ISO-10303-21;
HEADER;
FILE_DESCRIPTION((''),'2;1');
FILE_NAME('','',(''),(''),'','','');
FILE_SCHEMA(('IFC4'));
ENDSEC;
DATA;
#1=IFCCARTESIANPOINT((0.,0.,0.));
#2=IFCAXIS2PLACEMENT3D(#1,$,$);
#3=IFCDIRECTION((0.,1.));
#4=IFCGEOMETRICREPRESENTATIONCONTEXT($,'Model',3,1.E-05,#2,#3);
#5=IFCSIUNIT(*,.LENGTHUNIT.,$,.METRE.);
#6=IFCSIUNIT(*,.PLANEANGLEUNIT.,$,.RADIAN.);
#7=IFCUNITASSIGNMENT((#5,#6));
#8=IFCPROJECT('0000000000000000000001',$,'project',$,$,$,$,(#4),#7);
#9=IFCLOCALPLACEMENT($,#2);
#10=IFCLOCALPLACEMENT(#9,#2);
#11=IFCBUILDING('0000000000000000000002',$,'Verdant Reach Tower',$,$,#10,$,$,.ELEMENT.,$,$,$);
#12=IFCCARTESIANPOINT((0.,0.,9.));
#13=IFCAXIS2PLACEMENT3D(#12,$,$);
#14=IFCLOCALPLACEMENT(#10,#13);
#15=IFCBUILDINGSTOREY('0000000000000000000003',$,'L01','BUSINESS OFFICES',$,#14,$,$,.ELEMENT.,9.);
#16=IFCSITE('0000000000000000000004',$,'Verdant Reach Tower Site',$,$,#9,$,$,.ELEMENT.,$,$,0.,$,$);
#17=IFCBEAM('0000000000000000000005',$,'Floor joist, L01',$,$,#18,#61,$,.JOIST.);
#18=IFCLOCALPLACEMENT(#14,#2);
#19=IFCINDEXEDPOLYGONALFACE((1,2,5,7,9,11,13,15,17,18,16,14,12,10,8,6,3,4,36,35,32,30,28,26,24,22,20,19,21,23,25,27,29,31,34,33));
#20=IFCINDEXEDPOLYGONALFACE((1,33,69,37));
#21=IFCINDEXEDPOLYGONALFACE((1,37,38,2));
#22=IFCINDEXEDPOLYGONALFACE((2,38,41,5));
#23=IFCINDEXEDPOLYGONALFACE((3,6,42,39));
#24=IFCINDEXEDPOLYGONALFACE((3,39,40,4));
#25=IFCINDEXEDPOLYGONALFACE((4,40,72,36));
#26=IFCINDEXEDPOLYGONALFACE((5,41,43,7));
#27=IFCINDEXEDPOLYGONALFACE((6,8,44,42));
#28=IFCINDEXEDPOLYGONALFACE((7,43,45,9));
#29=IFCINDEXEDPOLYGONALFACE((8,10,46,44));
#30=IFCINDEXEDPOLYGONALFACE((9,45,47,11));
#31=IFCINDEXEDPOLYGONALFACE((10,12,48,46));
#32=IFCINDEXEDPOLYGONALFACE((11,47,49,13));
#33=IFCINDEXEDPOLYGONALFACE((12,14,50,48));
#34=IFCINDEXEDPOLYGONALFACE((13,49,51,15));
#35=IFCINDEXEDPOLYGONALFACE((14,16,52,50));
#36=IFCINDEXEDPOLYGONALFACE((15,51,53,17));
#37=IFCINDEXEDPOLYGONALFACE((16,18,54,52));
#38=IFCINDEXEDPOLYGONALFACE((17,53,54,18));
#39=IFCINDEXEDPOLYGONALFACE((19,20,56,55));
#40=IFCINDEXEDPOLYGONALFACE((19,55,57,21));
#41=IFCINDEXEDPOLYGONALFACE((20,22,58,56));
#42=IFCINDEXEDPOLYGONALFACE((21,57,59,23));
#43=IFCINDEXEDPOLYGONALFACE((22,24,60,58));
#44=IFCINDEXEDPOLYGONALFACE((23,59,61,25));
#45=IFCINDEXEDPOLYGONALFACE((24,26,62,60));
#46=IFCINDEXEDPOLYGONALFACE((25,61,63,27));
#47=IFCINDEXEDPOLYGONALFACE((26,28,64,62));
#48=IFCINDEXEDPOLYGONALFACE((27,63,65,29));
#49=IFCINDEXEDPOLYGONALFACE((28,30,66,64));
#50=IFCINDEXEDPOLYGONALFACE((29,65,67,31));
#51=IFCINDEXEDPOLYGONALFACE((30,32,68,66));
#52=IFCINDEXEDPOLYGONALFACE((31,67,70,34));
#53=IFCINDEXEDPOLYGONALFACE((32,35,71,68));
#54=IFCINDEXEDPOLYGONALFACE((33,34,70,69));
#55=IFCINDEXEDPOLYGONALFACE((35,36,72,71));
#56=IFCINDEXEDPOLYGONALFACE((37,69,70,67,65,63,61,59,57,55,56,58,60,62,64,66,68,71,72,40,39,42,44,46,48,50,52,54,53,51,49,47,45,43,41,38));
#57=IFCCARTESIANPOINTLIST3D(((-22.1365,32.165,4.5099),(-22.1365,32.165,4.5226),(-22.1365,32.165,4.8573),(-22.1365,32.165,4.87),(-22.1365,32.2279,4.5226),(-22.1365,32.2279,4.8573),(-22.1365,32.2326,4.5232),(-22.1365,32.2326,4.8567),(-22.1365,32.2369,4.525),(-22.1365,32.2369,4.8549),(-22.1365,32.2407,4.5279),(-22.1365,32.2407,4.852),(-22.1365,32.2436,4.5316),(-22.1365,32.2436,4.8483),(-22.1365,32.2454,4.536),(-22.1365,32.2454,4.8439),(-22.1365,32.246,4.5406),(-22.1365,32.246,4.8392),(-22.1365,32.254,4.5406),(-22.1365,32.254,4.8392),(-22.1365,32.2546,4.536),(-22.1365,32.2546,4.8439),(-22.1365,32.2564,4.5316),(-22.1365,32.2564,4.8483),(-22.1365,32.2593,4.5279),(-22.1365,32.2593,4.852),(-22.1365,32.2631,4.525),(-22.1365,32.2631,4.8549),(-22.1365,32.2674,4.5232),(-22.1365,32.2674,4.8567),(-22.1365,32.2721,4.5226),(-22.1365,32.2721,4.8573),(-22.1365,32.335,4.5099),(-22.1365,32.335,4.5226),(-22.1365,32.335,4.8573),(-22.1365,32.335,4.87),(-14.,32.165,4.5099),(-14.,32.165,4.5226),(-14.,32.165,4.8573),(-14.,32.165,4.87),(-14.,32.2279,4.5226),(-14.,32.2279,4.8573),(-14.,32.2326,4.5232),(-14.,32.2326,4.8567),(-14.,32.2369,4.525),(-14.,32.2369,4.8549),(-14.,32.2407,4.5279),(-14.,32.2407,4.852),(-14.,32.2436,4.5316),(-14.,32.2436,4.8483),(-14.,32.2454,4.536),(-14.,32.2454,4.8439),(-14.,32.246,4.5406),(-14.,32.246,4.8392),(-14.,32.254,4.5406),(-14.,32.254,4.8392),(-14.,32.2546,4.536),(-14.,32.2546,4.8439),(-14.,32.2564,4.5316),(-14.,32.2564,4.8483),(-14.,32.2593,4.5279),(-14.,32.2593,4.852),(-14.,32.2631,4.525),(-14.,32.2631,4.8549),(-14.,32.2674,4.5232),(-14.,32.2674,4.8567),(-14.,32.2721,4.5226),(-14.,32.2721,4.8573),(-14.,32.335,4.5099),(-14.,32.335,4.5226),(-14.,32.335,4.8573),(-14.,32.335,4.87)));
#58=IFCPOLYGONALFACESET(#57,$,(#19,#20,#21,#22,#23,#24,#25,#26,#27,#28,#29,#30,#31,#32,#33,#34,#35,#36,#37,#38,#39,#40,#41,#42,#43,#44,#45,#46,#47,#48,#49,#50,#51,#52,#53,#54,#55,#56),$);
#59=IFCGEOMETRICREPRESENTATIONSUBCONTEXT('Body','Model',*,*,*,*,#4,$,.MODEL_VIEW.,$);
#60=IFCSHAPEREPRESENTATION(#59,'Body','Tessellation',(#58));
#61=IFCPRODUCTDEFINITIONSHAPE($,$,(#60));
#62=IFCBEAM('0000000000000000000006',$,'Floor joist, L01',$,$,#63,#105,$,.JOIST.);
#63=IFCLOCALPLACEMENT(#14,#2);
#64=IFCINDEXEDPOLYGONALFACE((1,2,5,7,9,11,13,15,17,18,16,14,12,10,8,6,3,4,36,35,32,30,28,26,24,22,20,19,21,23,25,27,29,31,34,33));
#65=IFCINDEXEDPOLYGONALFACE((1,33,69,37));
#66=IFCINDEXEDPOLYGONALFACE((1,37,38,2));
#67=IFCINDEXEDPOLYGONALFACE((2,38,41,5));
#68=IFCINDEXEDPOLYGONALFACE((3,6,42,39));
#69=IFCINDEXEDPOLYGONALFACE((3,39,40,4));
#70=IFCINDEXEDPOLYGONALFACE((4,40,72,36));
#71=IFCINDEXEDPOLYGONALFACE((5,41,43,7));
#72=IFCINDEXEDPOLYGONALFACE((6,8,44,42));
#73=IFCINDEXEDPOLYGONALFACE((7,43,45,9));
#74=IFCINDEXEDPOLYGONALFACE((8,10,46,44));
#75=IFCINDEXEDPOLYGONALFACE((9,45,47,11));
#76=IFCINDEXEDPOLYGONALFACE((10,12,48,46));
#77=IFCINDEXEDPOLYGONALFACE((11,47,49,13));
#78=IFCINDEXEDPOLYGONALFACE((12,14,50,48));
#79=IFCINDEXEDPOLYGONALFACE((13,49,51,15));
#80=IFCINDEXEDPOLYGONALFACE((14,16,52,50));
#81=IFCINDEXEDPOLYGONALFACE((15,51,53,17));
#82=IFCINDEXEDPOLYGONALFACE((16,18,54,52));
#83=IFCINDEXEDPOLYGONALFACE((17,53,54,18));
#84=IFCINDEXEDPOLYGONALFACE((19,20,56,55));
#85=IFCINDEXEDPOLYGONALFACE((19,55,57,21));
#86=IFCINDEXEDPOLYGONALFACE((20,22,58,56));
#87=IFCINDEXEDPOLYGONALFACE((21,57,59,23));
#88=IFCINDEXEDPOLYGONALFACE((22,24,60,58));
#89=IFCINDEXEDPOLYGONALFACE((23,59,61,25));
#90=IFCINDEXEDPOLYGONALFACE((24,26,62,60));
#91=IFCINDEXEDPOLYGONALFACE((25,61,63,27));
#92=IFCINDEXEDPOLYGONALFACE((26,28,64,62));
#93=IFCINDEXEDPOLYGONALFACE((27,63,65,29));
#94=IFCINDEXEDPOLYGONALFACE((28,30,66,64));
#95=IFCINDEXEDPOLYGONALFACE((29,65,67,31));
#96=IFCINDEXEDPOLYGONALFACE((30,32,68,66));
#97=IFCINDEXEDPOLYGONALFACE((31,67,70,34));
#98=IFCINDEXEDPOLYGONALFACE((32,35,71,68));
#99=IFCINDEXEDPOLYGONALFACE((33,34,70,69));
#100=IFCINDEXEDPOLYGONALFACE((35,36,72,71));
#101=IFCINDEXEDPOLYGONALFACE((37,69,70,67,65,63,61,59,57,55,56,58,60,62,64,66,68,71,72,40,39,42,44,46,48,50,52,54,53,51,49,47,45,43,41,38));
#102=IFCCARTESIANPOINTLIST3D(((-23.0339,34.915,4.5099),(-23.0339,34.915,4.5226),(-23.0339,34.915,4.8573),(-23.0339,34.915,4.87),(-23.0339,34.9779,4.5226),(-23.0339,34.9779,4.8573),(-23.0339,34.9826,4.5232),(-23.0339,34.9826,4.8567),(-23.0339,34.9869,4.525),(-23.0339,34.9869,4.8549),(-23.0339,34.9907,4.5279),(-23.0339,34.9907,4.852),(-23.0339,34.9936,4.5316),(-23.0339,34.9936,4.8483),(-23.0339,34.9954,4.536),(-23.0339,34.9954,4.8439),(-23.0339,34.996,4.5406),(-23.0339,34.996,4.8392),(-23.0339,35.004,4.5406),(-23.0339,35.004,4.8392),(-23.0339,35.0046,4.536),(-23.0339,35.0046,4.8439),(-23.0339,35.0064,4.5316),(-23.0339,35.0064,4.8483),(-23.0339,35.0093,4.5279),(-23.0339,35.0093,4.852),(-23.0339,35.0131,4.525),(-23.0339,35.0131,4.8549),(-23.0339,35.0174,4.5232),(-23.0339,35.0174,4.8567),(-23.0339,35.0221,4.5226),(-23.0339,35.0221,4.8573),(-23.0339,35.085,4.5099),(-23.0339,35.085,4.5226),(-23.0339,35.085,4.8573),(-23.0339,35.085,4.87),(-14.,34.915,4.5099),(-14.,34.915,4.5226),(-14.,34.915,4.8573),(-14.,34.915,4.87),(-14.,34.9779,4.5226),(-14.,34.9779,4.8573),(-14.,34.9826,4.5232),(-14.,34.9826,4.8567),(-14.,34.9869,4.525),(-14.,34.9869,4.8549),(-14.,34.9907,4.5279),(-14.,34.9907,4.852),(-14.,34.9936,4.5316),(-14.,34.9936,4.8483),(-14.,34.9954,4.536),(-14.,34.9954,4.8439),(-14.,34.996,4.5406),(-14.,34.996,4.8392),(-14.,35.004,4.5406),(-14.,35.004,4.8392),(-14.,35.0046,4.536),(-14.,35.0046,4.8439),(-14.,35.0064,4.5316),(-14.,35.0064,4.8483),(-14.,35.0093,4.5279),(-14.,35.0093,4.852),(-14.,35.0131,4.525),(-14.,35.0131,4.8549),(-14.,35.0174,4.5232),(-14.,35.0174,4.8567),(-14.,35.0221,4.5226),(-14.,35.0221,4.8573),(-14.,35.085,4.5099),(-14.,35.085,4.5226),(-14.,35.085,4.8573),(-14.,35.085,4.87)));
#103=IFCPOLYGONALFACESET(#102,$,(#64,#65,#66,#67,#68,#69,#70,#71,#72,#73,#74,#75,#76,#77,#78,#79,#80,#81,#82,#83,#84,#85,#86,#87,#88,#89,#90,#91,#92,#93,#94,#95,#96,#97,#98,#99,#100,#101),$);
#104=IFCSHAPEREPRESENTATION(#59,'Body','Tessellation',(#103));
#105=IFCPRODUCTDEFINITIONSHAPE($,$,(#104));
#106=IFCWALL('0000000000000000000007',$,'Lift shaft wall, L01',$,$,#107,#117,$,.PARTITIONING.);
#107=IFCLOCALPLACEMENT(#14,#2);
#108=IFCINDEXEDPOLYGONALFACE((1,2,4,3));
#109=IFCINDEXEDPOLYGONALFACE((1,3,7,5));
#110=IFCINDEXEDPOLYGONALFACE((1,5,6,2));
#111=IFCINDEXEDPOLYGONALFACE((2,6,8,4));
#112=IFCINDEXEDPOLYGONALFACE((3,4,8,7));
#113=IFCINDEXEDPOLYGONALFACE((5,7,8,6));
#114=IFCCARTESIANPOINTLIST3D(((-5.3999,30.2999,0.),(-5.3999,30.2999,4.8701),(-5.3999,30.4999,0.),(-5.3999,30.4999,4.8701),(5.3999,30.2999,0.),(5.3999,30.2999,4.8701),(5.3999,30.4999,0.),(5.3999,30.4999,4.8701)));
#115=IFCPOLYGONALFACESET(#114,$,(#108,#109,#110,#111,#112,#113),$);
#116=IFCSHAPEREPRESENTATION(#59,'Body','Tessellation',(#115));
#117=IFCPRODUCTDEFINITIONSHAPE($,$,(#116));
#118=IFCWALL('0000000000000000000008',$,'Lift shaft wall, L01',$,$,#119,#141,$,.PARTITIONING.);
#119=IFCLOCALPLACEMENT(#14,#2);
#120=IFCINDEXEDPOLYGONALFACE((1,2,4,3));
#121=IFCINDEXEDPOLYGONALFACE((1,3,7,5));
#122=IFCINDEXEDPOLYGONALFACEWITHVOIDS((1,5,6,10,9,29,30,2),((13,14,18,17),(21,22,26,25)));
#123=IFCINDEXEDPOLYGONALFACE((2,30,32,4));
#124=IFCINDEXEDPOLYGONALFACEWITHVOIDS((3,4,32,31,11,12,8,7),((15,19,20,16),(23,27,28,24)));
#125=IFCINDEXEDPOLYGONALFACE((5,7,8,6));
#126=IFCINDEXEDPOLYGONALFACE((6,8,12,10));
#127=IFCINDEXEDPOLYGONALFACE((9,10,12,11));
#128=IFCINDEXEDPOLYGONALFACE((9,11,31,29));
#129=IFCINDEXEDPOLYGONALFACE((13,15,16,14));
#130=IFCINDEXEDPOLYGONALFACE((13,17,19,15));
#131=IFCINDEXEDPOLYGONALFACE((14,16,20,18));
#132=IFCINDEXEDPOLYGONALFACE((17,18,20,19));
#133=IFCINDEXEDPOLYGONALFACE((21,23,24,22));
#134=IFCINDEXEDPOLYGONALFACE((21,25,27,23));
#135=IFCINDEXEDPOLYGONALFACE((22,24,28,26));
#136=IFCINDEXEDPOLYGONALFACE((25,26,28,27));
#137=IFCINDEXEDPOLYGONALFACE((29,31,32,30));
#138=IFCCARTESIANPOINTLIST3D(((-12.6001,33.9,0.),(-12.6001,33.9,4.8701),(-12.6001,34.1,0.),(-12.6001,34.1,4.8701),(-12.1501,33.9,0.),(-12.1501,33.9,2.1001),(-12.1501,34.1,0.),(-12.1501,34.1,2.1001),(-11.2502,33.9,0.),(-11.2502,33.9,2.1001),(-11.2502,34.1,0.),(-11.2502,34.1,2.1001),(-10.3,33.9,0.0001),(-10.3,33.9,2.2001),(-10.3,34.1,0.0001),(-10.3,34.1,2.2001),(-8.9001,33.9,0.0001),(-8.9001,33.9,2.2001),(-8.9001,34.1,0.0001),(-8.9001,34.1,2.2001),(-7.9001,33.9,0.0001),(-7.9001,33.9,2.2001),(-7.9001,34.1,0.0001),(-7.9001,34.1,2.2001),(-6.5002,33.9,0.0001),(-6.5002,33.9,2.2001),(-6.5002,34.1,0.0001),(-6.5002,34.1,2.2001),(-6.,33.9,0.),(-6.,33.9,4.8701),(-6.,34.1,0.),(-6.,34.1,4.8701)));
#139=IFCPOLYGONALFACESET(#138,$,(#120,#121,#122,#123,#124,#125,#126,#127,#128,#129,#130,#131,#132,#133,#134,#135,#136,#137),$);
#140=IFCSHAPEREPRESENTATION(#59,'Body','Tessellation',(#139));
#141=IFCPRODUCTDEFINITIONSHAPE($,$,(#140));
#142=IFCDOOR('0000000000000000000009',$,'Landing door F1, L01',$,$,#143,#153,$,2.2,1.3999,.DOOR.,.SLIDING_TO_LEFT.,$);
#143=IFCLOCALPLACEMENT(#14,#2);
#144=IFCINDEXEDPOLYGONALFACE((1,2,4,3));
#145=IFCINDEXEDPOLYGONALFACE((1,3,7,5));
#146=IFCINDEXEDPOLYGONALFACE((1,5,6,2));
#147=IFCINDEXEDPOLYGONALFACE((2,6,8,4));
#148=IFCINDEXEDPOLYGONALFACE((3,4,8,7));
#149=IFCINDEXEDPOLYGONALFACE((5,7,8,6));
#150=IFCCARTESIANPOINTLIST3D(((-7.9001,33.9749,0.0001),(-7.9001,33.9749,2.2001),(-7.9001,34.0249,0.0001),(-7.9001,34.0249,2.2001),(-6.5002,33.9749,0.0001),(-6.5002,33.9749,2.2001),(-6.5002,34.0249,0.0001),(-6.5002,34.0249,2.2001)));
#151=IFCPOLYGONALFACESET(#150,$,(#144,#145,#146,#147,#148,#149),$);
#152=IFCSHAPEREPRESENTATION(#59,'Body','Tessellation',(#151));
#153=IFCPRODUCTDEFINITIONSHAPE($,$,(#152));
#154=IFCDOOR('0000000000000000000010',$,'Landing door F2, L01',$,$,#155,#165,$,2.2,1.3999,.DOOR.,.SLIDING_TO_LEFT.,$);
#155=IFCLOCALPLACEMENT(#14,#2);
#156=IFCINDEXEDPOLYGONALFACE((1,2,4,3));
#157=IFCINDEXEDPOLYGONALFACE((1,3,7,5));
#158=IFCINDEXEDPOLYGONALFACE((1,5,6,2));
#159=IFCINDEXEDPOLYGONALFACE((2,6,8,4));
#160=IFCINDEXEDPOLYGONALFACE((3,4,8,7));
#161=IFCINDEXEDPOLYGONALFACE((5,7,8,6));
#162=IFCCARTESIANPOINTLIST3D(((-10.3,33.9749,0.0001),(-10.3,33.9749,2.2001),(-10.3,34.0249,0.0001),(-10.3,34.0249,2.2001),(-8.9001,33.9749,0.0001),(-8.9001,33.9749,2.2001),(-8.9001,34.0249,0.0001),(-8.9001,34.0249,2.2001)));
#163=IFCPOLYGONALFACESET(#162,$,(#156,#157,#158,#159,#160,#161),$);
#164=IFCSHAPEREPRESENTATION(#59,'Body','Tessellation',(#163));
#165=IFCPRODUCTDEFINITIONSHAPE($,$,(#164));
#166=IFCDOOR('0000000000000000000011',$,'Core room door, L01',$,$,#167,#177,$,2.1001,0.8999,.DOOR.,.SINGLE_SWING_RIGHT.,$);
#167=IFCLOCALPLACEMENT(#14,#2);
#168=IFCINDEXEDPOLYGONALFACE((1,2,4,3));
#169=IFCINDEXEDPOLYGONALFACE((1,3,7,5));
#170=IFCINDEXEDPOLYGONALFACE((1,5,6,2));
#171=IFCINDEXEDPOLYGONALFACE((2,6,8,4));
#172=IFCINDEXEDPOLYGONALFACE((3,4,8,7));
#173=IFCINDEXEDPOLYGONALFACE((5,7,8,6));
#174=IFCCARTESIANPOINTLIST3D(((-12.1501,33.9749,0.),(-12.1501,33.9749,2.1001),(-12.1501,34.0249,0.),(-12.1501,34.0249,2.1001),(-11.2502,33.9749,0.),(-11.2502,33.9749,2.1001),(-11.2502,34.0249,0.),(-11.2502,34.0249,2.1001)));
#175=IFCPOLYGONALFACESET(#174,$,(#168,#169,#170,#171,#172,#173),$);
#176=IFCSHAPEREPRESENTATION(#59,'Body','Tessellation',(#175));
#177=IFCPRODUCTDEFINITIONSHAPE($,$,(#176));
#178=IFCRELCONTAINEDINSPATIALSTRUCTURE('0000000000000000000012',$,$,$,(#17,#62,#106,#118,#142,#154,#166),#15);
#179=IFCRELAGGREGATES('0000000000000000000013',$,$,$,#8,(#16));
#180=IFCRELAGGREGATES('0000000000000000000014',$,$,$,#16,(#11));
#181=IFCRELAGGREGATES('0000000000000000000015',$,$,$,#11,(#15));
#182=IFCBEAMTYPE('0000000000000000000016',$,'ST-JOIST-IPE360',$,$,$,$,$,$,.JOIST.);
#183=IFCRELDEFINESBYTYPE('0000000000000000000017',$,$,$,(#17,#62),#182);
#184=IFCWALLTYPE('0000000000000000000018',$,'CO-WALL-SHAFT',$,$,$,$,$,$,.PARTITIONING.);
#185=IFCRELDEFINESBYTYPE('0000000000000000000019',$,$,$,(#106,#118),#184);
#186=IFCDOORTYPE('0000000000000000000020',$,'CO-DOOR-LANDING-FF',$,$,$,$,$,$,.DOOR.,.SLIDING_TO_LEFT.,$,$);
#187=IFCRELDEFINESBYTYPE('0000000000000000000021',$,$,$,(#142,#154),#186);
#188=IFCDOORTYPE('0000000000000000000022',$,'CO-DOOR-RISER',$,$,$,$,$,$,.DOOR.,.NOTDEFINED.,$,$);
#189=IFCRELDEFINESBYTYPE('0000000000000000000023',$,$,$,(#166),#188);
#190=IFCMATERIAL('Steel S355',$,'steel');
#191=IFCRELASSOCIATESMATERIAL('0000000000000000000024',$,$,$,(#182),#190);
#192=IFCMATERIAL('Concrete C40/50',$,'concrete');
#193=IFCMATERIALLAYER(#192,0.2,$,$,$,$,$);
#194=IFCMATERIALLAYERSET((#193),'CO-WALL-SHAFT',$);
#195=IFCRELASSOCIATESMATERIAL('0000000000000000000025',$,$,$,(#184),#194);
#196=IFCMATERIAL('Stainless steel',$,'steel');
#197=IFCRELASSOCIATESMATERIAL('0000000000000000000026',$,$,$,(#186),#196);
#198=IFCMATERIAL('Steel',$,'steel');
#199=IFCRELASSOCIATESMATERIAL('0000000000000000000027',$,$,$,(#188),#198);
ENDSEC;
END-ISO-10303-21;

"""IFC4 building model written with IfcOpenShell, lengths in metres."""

from ifc_helpers import new_model, si_unit, direction, frame, frame_2d, origin, origin_2d, place, context, subcontext, project, spatial, rectangle, i_section, extrude, material, layer, layer_set, material_profile, profile_set, type_object, element, fill, save


model = new_model("IFC4")

# Units and contexts
model_context = context("Model", 3, precision=1e-05, world=origin(), true_north=direction((0.0, 1.0)))
body_context = subcontext(model_context, "Body", "Model", "MODEL_VIEW")
ifc_project = project(units=[si_unit("LENGTHUNIT", "METRE"), si_unit("PLANEANGLEUNIT", "RADIAN")], contexts=[model_context])

# Site, building, storey
site_placement = place(None, origin())
site = spatial("IfcSite", under=ifc_project, at=site_placement, Name="Verdant Reach Tower Site", CompositionType="ELEMENT", RefElevation=0.0)
building_placement = place(site_placement, origin())
building = spatial("IfcBuilding", under=site, at=building_placement, Name="Verdant Reach Tower", CompositionType="ELEMENT")
storey_placement = place(building_placement, frame((0.0, 0.0, 9.0)))
storey = spatial("IfcBuildingStorey", under=building, at=storey_placement, Name="L01", Description="BUSINESS OFFICES", CompositionType="ELEMENT", Elevation=9.0)

# Beams
ifc_material_1 = material(Name="Steel S355", Category="steel")
ifc_material_profile = material_profile(ifc_material_1, i_section(OverallWidth=0.1699, OverallDepth=0.3601, WebThickness=0.0081, FlangeThickness=0.0127, FilletRadius=0.0181, at=origin_2d()), Name="IPE 360")
ifc_profile_set = profile_set([ifc_material_profile], Name="Steel S355")
beam_type = type_object("IfcBeamType", Name="ST-JOIST-IPE360", PredefinedType="JOIST", material=ifc_profile_set)
beam_1_placement = place(storey_placement, frame((-14.0, 32.25, 4.6899), z_axis=(-1.0, 0.0, 0.0), x_axis=(0.0, -1.0, 0.0)))
element("IfcBeam", 1, at=beam_1_placement, inside=storey, type_object=beam_type, Name="Floor joist, L01", PredefinedType="JOIST", context=body_context, shape_type="SweptSolid", body=[
    extrude(i_section(OverallWidth=0.1699, OverallDepth=0.3601, WebThickness=0.0081, FlangeThickness=0.0127, FilletRadius=0.0181, at=origin_2d()), origin(), (0.0, 0.0, 1.0), 8.1365),
])
beam_2_placement = place(storey_placement, frame((-14.0, 35.0, 4.6899), z_axis=(-1.0, 0.0, 0.0), x_axis=(0.0, -1.0, 0.0)))
element("IfcBeam", 2, at=beam_2_placement, inside=storey, type_object=beam_type, Name="Floor joist, L01", PredefinedType="JOIST", context=body_context, shape_type="SweptSolid", body=[
    extrude(i_section(OverallWidth=0.1699, OverallDepth=0.3601, WebThickness=0.0081, FlangeThickness=0.0127, FilletRadius=0.0181, at=origin_2d()), origin(), (0.0, 0.0, 1.0), 9.0339),
])

# Wall
ifc_material_2 = material(Name="Concrete C40/50", Category="concrete")
ifc_layer_1 = layer(ifc_material_2, 0.2)
ifc_layer_set_1 = layer_set([ifc_layer_1], Name="CO-WALL-SHAFT")
wall_type_1 = type_object("IfcWallType", Name="CO-WALL-SHAFT", PredefinedType="PARTITIONING", material=ifc_layer_set_1)
wall_1_placement = place(storey_placement, frame((-5.3999, 30.3999, 0.0), z_axis=(0.0, 0.0, 1.0), x_axis=(1.0, 0.0, 0.0)))
element("IfcWall", 3, at=wall_1_placement, inside=storey, type_object=wall_type_1, Name="Lift shaft wall, L01", PredefinedType="PARTITIONING", context=body_context, shape_type="SweptSolid", body=[
    extrude(rectangle(XDim=10.7998, YDim=0.2, at=frame_2d((5.3999, 0.0))), origin(), (0.0, 0.0, 1.0), 4.8701),
])

# Wall, openings, doors
wall_2_placement = place(storey_placement, frame((-12.6001, 34.0, 0.0), z_axis=(0.0, 0.0, 1.0), x_axis=(1.0, 0.0, 0.0)))
wall_2 = element("IfcWall", 4, at=wall_2_placement, inside=storey, type_object=wall_type_1, Name="Lift shaft wall, L01", PredefinedType="PARTITIONING", context=body_context, shape_type="SweptSolid", body=[
    extrude(rectangle(XDim=6.6001, YDim=0.2, at=frame_2d((3.3, 0.0))), origin(), (0.0, 0.0, 1.0), 4.8701),
])
opening_1_placement = place(wall_2_placement, frame((4.7, 0.0, 0.0)))
opening_1 = element("IfcOpeningElement", 5, at=opening_1_placement, cuts=wall_2, PredefinedType="OPENING", context=body_context, shape_type="SweptSolid", body=[
    extrude(rectangle(XDim=1.3999, YDim=2.2, at=frame_2d((0.7, 1.1001))), frame((0.0, 0.1099, 0.0), z_axis=(0.0, -1.0, 0.0), x_axis=(1.0, 0.0, 0.0)), (0.0, 0.0, 1.0), 0.22),
])
opening_2_placement = place(wall_2_placement, frame((2.3, 0.0, 0.0)))
opening_2 = element("IfcOpeningElement", 6, at=opening_2_placement, cuts=wall_2, PredefinedType="OPENING", context=body_context, shape_type="SweptSolid", body=[
    extrude(rectangle(XDim=1.3999, YDim=2.2, at=frame_2d((0.7, 1.1001))), frame((0.0, 0.1099, 0.0), z_axis=(0.0, -1.0, 0.0), x_axis=(1.0, 0.0, 0.0)), (0.0, 0.0, 1.0), 0.22),
])
opening_3_placement = place(wall_2_placement, frame((0.45, 0.0, 0.0)))
opening_3 = element("IfcOpeningElement", 7, at=opening_3_placement, cuts=wall_2, PredefinedType="OPENING", context=body_context, shape_type="SweptSolid", body=[
    extrude(rectangle(XDim=0.8999, YDim=2.1001, at=frame_2d((0.45, 1.05))), frame((0.0, 0.1099, 0.0), z_axis=(0.0, -1.0, 0.0), x_axis=(1.0, 0.0, 0.0)), (0.0, 0.0, 1.0), 0.22),
])
ifc_material_3 = material(Name="Stainless steel", Category="steel")
door_type_1 = type_object("IfcDoorType", Name="CO-DOOR-LANDING-FF", OperationType="SLIDING_TO_LEFT", PredefinedType="DOOR", material=ifc_material_3)
door_1_placement = place(opening_1_placement, origin())
door_1 = element("IfcDoor", 8, at=door_1_placement, inside=storey, type_object=door_type_1, Name="Landing door F1, L01", OperationType="SLIDING_TO_LEFT", OverallHeight=2.2, OverallWidth=1.3999, PredefinedType="DOOR", context=body_context, shape_type="SweptSolid", body=[
    extrude(rectangle(XDim=1.3999, YDim=2.2, at=frame_2d((0.7, 1.1001))), frame((0.0, 0.0249, 0.0), z_axis=(0.0, -1.0, 0.0), x_axis=(1.0, 0.0, 0.0)), (0.0, 0.0, 1.0), 0.05),
])
fill(opening_1, door_1)
door_2_placement = place(opening_2_placement, origin())
door_2 = element("IfcDoor", 9, at=door_2_placement, inside=storey, type_object=door_type_1, Name="Landing door F2, L01", OperationType="SLIDING_TO_LEFT", OverallHeight=2.2, OverallWidth=1.3999, PredefinedType="DOOR", context=body_context, shape_type="SweptSolid", body=[
    extrude(rectangle(XDim=1.3999, YDim=2.2, at=frame_2d((0.7, 1.1001))), frame((0.0, 0.0249, 0.0), z_axis=(0.0, -1.0, 0.0), x_axis=(1.0, 0.0, 0.0)), (0.0, 0.0, 1.0), 0.05),
])
fill(opening_2, door_2)
ifc_material_4 = material(Name="Steel", Category="steel")
door_type_2 = type_object("IfcDoorType", Name="CO-DOOR-RISER", OperationType="NOTDEFINED", PredefinedType="DOOR", material=ifc_material_4)
door_3_placement = place(opening_3_placement, origin())
door_3 = element("IfcDoor", 10, at=door_3_placement, inside=storey, type_object=door_type_2, Name="Core room door, L01", OperationType="SINGLE_SWING_RIGHT", OverallHeight=2.1001, OverallWidth=0.8999, PredefinedType="DOOR", context=body_context, shape_type="SweptSolid", body=[
    extrude(rectangle(XDim=0.8999, YDim=2.1001, at=frame_2d((0.45, 1.05))), frame((0.0, 0.0249, 0.0), z_axis=(0.0, -1.0, 0.0), x_axis=(1.0, 0.0, 0.0)), (0.0, 0.0, 1.0), 0.05),
])
fill(opening_3, door_3)

save(model, "model.ifc")
